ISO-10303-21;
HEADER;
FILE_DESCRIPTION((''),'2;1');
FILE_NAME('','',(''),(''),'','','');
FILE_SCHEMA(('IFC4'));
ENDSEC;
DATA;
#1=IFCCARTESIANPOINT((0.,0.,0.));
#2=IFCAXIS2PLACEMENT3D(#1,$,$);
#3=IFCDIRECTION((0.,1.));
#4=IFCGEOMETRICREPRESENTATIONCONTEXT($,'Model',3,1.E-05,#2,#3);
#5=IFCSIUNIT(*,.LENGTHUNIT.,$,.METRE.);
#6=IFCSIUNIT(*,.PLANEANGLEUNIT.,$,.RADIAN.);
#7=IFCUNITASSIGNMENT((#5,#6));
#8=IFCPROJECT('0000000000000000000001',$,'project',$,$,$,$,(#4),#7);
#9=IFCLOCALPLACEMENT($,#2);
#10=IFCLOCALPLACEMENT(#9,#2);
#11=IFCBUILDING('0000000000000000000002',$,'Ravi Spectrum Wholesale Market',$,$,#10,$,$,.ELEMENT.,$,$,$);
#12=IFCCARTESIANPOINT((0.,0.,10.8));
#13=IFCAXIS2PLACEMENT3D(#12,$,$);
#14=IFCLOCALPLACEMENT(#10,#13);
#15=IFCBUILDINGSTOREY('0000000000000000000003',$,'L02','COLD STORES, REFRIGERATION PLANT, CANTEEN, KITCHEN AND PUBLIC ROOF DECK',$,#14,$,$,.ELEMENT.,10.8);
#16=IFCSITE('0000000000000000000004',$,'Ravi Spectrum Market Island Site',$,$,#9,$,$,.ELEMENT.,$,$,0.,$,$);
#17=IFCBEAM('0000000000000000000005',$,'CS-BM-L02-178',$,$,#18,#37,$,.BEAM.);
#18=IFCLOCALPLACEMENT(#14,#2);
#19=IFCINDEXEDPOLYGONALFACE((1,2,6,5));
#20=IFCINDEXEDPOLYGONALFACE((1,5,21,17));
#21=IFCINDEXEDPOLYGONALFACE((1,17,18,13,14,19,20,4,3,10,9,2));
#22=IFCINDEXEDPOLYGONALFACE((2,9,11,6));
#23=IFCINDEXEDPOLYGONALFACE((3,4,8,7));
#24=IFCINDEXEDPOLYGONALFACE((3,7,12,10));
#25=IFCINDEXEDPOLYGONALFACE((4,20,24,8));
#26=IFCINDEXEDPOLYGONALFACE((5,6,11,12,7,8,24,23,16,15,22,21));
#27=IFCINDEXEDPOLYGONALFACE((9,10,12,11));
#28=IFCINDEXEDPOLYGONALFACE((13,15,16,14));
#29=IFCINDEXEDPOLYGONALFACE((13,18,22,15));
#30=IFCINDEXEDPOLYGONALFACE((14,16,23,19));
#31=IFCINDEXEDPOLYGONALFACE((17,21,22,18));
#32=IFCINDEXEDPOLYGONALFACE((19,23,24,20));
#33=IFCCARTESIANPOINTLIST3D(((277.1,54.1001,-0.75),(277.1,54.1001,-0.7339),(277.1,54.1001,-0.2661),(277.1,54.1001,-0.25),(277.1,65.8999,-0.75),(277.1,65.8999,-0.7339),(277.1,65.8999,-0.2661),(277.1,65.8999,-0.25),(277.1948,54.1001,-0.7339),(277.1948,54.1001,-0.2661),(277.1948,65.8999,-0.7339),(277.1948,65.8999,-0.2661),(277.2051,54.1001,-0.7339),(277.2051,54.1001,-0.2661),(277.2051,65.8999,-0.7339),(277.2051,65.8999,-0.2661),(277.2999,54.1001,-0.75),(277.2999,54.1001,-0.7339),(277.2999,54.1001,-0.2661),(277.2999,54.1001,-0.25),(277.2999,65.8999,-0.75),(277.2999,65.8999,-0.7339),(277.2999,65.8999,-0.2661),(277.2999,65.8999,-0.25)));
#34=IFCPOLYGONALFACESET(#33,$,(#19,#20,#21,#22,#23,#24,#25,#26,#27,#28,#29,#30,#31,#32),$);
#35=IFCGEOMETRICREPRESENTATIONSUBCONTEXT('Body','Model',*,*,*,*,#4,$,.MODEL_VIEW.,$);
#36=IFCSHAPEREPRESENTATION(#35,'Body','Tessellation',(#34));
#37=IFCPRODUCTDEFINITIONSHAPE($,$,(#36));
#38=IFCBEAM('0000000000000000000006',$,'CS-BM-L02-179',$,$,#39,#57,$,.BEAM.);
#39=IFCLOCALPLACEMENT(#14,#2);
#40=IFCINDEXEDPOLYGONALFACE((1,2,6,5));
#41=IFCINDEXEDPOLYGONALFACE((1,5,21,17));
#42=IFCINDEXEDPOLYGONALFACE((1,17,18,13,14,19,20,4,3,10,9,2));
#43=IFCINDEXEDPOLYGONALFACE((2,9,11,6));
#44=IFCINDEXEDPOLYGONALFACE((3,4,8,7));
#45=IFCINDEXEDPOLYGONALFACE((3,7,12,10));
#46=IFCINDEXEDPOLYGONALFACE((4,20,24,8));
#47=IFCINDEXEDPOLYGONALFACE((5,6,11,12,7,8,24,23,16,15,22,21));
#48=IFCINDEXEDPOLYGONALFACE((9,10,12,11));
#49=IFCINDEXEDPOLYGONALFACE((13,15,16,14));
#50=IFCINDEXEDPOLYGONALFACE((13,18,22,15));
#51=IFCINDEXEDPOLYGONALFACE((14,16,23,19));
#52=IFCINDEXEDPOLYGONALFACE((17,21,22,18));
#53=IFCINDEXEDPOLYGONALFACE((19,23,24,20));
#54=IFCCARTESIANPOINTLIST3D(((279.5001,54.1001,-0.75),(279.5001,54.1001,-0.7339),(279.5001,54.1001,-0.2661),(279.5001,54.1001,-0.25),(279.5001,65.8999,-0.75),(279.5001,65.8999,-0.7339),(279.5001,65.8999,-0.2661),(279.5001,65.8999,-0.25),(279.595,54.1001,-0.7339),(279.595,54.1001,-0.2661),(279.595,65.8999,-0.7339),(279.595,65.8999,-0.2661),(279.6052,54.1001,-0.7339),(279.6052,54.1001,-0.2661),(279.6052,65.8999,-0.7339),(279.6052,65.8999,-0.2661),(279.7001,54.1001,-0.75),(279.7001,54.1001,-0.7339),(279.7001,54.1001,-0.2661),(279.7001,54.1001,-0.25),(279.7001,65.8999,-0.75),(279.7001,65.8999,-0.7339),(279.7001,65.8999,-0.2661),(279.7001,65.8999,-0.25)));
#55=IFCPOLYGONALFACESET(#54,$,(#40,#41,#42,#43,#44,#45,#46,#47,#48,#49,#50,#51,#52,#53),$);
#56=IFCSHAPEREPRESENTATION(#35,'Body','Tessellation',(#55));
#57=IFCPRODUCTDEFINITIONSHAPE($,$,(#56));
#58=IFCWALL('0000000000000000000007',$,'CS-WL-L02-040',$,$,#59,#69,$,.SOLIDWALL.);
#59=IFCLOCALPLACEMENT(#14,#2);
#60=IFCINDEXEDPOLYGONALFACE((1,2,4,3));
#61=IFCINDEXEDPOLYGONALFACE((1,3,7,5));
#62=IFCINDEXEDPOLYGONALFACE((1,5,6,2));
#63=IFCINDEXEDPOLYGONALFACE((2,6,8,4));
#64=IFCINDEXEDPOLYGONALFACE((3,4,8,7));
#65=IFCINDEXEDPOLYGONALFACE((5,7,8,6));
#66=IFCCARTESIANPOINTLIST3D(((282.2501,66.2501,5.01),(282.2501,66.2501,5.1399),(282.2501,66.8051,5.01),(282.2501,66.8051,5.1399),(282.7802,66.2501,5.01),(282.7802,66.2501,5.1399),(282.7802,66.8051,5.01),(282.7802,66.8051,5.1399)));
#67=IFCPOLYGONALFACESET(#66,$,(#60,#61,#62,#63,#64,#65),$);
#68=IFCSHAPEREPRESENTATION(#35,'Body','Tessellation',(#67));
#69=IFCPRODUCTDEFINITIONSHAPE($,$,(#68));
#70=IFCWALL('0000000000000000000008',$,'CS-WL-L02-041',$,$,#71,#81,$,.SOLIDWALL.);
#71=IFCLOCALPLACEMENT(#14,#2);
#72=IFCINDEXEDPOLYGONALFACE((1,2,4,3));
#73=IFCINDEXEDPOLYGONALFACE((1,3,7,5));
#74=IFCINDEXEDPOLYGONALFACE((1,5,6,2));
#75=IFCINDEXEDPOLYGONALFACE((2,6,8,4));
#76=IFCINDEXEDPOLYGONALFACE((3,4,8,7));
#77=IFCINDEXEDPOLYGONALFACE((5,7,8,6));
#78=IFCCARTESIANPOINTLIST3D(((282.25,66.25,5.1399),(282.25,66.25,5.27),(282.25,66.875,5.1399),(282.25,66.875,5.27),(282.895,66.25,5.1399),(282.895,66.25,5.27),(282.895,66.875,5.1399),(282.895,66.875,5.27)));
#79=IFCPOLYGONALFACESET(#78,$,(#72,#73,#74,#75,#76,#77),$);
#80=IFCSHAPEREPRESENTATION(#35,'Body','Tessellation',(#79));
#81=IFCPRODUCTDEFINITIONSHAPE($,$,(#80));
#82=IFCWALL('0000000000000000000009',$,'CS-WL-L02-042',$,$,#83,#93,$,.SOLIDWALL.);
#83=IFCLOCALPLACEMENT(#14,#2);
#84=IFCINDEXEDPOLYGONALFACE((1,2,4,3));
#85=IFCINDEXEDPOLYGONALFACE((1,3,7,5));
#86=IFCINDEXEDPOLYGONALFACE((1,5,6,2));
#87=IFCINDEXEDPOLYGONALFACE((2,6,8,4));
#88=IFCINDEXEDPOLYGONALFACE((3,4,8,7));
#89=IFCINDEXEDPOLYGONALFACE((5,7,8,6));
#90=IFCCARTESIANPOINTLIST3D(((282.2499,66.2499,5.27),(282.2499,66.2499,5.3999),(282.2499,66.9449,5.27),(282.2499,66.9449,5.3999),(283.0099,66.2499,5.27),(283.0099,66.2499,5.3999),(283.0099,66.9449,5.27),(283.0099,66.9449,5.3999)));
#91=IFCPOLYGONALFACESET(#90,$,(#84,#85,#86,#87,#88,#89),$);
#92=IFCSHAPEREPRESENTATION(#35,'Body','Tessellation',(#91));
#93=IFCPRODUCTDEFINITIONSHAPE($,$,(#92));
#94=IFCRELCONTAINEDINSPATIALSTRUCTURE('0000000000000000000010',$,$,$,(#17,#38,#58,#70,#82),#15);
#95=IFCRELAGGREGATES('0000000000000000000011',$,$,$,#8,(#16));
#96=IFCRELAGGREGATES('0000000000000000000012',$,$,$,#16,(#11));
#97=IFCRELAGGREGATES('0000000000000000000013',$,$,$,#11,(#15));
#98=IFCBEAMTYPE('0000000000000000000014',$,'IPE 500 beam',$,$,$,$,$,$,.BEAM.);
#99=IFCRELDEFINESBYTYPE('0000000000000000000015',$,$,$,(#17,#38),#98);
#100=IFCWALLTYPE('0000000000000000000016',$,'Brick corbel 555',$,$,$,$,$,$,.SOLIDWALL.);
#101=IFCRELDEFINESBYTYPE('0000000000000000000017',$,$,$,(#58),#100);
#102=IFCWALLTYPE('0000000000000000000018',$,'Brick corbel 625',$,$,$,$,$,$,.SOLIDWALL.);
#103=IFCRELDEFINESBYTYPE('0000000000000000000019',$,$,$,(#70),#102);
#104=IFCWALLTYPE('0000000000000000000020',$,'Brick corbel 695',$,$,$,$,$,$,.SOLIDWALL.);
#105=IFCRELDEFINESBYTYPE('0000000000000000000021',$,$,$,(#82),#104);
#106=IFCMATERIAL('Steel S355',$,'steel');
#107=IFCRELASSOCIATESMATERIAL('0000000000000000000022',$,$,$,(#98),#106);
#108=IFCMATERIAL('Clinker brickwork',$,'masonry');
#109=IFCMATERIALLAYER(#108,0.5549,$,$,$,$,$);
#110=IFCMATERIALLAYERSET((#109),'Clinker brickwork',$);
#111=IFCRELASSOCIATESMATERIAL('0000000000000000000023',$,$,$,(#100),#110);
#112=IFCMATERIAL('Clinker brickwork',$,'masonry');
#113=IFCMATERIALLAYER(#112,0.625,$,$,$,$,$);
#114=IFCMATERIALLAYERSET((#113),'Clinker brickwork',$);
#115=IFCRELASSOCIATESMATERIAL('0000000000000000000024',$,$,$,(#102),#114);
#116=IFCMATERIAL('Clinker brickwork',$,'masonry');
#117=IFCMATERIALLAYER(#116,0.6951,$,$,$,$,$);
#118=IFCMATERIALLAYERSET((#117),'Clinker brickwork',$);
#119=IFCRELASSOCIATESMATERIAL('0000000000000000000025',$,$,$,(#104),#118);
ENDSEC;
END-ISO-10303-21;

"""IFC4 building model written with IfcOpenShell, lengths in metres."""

from ifc_helpers import new_model, si_unit, direction, frame, frame_2d, origin, origin_2d, place, context, subcontext, project, spatial, rectangle, i_section, extrude, material, layer, layer_set, material_profile, profile_set, type_object, element, save


model = new_model("IFC4")

# Units and contexts
model_context = context("Model", 3, precision=1e-05, world=origin(), true_north=direction((0.0, 1.0)))
body_context = subcontext(model_context, "Body", "Model", "MODEL_VIEW")
ifc_project = project(units=[si_unit("LENGTHUNIT", "METRE"), si_unit("PLANEANGLEUNIT", "RADIAN")], contexts=[model_context])

# Site, building, storey
site_placement = place(None, origin())
site = spatial("IfcSite", under=ifc_project, at=site_placement, Name="Ravi Spectrum Market Island Site", CompositionType="ELEMENT", RefElevation=0.0)
building_placement = place(site_placement, origin())
building = spatial("IfcBuilding", under=site, at=building_placement, Name="Ravi Spectrum Wholesale Market", CompositionType="ELEMENT")
storey_placement = place(building_placement, frame((0.0, 0.0, 10.8)))
storey = spatial("IfcBuildingStorey", under=building, at=storey_placement, Name="L02", Description="COLD STORES, REFRIGERATION PLANT, CANTEEN, KITCHEN AND PUBLIC ROOF DECK", CompositionType="ELEMENT", Elevation=10.8)

# Beams
ifc_material_1 = material(Name="Steel S355", Category="steel")
ifc_material_profile_1 = material_profile(ifc_material_1, i_section(OverallWidth=0.2, OverallDepth=0.5, WebThickness=0.0103, FlangeThickness=0.0161, at=origin_2d()))
ifc_profile_set_1 = profile_set([ifc_material_profile_1], Name="Steel S355")
beam_type_1 = type_object("IfcBeamType", Name="IPE 500 beam", PredefinedType="BEAM", material=ifc_profile_set_1)
for number, where, z_axis, x_axis, name in (
    (1, (277.2, 54.1001, -0.5), (0.0, 1.0, 0.0), (-1.0, 0.0, 0.0), "CS-BM-L02-178"),
    (2, (279.6001, 54.1001, -0.5), (0.0, 1.0, 0.0), (-1.0, 0.0, 0.0), "CS-BM-L02-179"),
):
    element("IfcBeam", number, at=place(storey_placement, frame(where, z_axis=z_axis, x_axis=x_axis)), inside=storey, type_object=beam_type_1, Name=name, PredefinedType="BEAM", context=body_context, shape_type="SweptSolid", body=[
        extrude(i_section(OverallWidth=0.2, OverallDepth=0.5, WebThickness=0.0103, FlangeThickness=0.0161, at=origin_2d()), origin(), (0.0, 0.0, 1.0), 11.7998),
    ])

# Walls
ifc_material_2 = material(Name="Clinker brickwork", Category="masonry")
ifc_layer_1 = layer(ifc_material_2, 0.5549)
ifc_layer_set_1 = layer_set([ifc_layer_1], Name="Clinker brickwork")
wall_type_1 = type_object("IfcWallType", Name="Brick corbel 555", PredefinedType="SOLIDWALL", material=ifc_layer_set_1)
wall_1_placement = place(storey_placement, frame((282.25, 66.5276, 5.01), z_axis=(0.0, 0.0, 1.0), x_axis=(1.0, 0.0, 0.0)))
element("IfcWall", 3, at=wall_1_placement, inside=storey, type_object=wall_type_1, Name="CS-WL-L02-040", PredefinedType="SOLIDWALL", context=body_context, shape_type="SweptSolid", body=[
    extrude(rectangle(XDim=0.53, YDim=0.5549, at=frame_2d((0.2651, 0.0))), origin(), (0.0, 0.0, 1.0), 0.1299),
])
ifc_material_3 = material(Name="Clinker brickwork", Category="masonry")
ifc_layer_2 = layer(ifc_material_3, 0.625)
ifc_layer_set_2 = layer_set([ifc_layer_2], Name="Clinker brickwork")
wall_type_2 = type_object("IfcWallType", Name="Brick corbel 625", PredefinedType="SOLIDWALL", material=ifc_layer_set_2)
wall_2_placement = place(storey_placement, frame((282.25, 66.5625, 5.1399), z_axis=(0.0, 0.0, 1.0), x_axis=(1.0, 0.0, 0.0)))
element("IfcWall", 4, at=wall_2_placement, inside=storey, type_object=wall_type_2, Name="CS-WL-L02-041", PredefinedType="SOLIDWALL", context=body_context, shape_type="SweptSolid", body=[
    extrude(rectangle(XDim=0.645, YDim=0.625, at=frame_2d((0.3225, 0.0))), origin(), (0.0, 0.0, 1.0), 0.1301),
])
ifc_material_4 = material(Name="Clinker brickwork", Category="masonry")
ifc_layer_3 = layer(ifc_material_4, 0.6951)
ifc_layer_set_3 = layer_set([ifc_layer_3], Name="Clinker brickwork")
wall_type_3 = type_object("IfcWallType", Name="Brick corbel 695", PredefinedType="SOLIDWALL", material=ifc_layer_set_3)
wall_3_placement = place(storey_placement, frame((282.25, 66.5974, 5.27), z_axis=(0.0, 0.0, 1.0), x_axis=(1.0, 0.0, 0.0)))
element("IfcWall", 5, at=wall_3_placement, inside=storey, type_object=wall_type_3, Name="CS-WL-L02-042", PredefinedType="SOLIDWALL", context=body_context, shape_type="SweptSolid", body=[
    extrude(rectangle(XDim=0.76, YDim=0.6951, at=frame_2d((0.3799, 0.0))), origin(), (0.0, 0.0, 1.0), 0.1299),
])

save(model, "model.ifc")
